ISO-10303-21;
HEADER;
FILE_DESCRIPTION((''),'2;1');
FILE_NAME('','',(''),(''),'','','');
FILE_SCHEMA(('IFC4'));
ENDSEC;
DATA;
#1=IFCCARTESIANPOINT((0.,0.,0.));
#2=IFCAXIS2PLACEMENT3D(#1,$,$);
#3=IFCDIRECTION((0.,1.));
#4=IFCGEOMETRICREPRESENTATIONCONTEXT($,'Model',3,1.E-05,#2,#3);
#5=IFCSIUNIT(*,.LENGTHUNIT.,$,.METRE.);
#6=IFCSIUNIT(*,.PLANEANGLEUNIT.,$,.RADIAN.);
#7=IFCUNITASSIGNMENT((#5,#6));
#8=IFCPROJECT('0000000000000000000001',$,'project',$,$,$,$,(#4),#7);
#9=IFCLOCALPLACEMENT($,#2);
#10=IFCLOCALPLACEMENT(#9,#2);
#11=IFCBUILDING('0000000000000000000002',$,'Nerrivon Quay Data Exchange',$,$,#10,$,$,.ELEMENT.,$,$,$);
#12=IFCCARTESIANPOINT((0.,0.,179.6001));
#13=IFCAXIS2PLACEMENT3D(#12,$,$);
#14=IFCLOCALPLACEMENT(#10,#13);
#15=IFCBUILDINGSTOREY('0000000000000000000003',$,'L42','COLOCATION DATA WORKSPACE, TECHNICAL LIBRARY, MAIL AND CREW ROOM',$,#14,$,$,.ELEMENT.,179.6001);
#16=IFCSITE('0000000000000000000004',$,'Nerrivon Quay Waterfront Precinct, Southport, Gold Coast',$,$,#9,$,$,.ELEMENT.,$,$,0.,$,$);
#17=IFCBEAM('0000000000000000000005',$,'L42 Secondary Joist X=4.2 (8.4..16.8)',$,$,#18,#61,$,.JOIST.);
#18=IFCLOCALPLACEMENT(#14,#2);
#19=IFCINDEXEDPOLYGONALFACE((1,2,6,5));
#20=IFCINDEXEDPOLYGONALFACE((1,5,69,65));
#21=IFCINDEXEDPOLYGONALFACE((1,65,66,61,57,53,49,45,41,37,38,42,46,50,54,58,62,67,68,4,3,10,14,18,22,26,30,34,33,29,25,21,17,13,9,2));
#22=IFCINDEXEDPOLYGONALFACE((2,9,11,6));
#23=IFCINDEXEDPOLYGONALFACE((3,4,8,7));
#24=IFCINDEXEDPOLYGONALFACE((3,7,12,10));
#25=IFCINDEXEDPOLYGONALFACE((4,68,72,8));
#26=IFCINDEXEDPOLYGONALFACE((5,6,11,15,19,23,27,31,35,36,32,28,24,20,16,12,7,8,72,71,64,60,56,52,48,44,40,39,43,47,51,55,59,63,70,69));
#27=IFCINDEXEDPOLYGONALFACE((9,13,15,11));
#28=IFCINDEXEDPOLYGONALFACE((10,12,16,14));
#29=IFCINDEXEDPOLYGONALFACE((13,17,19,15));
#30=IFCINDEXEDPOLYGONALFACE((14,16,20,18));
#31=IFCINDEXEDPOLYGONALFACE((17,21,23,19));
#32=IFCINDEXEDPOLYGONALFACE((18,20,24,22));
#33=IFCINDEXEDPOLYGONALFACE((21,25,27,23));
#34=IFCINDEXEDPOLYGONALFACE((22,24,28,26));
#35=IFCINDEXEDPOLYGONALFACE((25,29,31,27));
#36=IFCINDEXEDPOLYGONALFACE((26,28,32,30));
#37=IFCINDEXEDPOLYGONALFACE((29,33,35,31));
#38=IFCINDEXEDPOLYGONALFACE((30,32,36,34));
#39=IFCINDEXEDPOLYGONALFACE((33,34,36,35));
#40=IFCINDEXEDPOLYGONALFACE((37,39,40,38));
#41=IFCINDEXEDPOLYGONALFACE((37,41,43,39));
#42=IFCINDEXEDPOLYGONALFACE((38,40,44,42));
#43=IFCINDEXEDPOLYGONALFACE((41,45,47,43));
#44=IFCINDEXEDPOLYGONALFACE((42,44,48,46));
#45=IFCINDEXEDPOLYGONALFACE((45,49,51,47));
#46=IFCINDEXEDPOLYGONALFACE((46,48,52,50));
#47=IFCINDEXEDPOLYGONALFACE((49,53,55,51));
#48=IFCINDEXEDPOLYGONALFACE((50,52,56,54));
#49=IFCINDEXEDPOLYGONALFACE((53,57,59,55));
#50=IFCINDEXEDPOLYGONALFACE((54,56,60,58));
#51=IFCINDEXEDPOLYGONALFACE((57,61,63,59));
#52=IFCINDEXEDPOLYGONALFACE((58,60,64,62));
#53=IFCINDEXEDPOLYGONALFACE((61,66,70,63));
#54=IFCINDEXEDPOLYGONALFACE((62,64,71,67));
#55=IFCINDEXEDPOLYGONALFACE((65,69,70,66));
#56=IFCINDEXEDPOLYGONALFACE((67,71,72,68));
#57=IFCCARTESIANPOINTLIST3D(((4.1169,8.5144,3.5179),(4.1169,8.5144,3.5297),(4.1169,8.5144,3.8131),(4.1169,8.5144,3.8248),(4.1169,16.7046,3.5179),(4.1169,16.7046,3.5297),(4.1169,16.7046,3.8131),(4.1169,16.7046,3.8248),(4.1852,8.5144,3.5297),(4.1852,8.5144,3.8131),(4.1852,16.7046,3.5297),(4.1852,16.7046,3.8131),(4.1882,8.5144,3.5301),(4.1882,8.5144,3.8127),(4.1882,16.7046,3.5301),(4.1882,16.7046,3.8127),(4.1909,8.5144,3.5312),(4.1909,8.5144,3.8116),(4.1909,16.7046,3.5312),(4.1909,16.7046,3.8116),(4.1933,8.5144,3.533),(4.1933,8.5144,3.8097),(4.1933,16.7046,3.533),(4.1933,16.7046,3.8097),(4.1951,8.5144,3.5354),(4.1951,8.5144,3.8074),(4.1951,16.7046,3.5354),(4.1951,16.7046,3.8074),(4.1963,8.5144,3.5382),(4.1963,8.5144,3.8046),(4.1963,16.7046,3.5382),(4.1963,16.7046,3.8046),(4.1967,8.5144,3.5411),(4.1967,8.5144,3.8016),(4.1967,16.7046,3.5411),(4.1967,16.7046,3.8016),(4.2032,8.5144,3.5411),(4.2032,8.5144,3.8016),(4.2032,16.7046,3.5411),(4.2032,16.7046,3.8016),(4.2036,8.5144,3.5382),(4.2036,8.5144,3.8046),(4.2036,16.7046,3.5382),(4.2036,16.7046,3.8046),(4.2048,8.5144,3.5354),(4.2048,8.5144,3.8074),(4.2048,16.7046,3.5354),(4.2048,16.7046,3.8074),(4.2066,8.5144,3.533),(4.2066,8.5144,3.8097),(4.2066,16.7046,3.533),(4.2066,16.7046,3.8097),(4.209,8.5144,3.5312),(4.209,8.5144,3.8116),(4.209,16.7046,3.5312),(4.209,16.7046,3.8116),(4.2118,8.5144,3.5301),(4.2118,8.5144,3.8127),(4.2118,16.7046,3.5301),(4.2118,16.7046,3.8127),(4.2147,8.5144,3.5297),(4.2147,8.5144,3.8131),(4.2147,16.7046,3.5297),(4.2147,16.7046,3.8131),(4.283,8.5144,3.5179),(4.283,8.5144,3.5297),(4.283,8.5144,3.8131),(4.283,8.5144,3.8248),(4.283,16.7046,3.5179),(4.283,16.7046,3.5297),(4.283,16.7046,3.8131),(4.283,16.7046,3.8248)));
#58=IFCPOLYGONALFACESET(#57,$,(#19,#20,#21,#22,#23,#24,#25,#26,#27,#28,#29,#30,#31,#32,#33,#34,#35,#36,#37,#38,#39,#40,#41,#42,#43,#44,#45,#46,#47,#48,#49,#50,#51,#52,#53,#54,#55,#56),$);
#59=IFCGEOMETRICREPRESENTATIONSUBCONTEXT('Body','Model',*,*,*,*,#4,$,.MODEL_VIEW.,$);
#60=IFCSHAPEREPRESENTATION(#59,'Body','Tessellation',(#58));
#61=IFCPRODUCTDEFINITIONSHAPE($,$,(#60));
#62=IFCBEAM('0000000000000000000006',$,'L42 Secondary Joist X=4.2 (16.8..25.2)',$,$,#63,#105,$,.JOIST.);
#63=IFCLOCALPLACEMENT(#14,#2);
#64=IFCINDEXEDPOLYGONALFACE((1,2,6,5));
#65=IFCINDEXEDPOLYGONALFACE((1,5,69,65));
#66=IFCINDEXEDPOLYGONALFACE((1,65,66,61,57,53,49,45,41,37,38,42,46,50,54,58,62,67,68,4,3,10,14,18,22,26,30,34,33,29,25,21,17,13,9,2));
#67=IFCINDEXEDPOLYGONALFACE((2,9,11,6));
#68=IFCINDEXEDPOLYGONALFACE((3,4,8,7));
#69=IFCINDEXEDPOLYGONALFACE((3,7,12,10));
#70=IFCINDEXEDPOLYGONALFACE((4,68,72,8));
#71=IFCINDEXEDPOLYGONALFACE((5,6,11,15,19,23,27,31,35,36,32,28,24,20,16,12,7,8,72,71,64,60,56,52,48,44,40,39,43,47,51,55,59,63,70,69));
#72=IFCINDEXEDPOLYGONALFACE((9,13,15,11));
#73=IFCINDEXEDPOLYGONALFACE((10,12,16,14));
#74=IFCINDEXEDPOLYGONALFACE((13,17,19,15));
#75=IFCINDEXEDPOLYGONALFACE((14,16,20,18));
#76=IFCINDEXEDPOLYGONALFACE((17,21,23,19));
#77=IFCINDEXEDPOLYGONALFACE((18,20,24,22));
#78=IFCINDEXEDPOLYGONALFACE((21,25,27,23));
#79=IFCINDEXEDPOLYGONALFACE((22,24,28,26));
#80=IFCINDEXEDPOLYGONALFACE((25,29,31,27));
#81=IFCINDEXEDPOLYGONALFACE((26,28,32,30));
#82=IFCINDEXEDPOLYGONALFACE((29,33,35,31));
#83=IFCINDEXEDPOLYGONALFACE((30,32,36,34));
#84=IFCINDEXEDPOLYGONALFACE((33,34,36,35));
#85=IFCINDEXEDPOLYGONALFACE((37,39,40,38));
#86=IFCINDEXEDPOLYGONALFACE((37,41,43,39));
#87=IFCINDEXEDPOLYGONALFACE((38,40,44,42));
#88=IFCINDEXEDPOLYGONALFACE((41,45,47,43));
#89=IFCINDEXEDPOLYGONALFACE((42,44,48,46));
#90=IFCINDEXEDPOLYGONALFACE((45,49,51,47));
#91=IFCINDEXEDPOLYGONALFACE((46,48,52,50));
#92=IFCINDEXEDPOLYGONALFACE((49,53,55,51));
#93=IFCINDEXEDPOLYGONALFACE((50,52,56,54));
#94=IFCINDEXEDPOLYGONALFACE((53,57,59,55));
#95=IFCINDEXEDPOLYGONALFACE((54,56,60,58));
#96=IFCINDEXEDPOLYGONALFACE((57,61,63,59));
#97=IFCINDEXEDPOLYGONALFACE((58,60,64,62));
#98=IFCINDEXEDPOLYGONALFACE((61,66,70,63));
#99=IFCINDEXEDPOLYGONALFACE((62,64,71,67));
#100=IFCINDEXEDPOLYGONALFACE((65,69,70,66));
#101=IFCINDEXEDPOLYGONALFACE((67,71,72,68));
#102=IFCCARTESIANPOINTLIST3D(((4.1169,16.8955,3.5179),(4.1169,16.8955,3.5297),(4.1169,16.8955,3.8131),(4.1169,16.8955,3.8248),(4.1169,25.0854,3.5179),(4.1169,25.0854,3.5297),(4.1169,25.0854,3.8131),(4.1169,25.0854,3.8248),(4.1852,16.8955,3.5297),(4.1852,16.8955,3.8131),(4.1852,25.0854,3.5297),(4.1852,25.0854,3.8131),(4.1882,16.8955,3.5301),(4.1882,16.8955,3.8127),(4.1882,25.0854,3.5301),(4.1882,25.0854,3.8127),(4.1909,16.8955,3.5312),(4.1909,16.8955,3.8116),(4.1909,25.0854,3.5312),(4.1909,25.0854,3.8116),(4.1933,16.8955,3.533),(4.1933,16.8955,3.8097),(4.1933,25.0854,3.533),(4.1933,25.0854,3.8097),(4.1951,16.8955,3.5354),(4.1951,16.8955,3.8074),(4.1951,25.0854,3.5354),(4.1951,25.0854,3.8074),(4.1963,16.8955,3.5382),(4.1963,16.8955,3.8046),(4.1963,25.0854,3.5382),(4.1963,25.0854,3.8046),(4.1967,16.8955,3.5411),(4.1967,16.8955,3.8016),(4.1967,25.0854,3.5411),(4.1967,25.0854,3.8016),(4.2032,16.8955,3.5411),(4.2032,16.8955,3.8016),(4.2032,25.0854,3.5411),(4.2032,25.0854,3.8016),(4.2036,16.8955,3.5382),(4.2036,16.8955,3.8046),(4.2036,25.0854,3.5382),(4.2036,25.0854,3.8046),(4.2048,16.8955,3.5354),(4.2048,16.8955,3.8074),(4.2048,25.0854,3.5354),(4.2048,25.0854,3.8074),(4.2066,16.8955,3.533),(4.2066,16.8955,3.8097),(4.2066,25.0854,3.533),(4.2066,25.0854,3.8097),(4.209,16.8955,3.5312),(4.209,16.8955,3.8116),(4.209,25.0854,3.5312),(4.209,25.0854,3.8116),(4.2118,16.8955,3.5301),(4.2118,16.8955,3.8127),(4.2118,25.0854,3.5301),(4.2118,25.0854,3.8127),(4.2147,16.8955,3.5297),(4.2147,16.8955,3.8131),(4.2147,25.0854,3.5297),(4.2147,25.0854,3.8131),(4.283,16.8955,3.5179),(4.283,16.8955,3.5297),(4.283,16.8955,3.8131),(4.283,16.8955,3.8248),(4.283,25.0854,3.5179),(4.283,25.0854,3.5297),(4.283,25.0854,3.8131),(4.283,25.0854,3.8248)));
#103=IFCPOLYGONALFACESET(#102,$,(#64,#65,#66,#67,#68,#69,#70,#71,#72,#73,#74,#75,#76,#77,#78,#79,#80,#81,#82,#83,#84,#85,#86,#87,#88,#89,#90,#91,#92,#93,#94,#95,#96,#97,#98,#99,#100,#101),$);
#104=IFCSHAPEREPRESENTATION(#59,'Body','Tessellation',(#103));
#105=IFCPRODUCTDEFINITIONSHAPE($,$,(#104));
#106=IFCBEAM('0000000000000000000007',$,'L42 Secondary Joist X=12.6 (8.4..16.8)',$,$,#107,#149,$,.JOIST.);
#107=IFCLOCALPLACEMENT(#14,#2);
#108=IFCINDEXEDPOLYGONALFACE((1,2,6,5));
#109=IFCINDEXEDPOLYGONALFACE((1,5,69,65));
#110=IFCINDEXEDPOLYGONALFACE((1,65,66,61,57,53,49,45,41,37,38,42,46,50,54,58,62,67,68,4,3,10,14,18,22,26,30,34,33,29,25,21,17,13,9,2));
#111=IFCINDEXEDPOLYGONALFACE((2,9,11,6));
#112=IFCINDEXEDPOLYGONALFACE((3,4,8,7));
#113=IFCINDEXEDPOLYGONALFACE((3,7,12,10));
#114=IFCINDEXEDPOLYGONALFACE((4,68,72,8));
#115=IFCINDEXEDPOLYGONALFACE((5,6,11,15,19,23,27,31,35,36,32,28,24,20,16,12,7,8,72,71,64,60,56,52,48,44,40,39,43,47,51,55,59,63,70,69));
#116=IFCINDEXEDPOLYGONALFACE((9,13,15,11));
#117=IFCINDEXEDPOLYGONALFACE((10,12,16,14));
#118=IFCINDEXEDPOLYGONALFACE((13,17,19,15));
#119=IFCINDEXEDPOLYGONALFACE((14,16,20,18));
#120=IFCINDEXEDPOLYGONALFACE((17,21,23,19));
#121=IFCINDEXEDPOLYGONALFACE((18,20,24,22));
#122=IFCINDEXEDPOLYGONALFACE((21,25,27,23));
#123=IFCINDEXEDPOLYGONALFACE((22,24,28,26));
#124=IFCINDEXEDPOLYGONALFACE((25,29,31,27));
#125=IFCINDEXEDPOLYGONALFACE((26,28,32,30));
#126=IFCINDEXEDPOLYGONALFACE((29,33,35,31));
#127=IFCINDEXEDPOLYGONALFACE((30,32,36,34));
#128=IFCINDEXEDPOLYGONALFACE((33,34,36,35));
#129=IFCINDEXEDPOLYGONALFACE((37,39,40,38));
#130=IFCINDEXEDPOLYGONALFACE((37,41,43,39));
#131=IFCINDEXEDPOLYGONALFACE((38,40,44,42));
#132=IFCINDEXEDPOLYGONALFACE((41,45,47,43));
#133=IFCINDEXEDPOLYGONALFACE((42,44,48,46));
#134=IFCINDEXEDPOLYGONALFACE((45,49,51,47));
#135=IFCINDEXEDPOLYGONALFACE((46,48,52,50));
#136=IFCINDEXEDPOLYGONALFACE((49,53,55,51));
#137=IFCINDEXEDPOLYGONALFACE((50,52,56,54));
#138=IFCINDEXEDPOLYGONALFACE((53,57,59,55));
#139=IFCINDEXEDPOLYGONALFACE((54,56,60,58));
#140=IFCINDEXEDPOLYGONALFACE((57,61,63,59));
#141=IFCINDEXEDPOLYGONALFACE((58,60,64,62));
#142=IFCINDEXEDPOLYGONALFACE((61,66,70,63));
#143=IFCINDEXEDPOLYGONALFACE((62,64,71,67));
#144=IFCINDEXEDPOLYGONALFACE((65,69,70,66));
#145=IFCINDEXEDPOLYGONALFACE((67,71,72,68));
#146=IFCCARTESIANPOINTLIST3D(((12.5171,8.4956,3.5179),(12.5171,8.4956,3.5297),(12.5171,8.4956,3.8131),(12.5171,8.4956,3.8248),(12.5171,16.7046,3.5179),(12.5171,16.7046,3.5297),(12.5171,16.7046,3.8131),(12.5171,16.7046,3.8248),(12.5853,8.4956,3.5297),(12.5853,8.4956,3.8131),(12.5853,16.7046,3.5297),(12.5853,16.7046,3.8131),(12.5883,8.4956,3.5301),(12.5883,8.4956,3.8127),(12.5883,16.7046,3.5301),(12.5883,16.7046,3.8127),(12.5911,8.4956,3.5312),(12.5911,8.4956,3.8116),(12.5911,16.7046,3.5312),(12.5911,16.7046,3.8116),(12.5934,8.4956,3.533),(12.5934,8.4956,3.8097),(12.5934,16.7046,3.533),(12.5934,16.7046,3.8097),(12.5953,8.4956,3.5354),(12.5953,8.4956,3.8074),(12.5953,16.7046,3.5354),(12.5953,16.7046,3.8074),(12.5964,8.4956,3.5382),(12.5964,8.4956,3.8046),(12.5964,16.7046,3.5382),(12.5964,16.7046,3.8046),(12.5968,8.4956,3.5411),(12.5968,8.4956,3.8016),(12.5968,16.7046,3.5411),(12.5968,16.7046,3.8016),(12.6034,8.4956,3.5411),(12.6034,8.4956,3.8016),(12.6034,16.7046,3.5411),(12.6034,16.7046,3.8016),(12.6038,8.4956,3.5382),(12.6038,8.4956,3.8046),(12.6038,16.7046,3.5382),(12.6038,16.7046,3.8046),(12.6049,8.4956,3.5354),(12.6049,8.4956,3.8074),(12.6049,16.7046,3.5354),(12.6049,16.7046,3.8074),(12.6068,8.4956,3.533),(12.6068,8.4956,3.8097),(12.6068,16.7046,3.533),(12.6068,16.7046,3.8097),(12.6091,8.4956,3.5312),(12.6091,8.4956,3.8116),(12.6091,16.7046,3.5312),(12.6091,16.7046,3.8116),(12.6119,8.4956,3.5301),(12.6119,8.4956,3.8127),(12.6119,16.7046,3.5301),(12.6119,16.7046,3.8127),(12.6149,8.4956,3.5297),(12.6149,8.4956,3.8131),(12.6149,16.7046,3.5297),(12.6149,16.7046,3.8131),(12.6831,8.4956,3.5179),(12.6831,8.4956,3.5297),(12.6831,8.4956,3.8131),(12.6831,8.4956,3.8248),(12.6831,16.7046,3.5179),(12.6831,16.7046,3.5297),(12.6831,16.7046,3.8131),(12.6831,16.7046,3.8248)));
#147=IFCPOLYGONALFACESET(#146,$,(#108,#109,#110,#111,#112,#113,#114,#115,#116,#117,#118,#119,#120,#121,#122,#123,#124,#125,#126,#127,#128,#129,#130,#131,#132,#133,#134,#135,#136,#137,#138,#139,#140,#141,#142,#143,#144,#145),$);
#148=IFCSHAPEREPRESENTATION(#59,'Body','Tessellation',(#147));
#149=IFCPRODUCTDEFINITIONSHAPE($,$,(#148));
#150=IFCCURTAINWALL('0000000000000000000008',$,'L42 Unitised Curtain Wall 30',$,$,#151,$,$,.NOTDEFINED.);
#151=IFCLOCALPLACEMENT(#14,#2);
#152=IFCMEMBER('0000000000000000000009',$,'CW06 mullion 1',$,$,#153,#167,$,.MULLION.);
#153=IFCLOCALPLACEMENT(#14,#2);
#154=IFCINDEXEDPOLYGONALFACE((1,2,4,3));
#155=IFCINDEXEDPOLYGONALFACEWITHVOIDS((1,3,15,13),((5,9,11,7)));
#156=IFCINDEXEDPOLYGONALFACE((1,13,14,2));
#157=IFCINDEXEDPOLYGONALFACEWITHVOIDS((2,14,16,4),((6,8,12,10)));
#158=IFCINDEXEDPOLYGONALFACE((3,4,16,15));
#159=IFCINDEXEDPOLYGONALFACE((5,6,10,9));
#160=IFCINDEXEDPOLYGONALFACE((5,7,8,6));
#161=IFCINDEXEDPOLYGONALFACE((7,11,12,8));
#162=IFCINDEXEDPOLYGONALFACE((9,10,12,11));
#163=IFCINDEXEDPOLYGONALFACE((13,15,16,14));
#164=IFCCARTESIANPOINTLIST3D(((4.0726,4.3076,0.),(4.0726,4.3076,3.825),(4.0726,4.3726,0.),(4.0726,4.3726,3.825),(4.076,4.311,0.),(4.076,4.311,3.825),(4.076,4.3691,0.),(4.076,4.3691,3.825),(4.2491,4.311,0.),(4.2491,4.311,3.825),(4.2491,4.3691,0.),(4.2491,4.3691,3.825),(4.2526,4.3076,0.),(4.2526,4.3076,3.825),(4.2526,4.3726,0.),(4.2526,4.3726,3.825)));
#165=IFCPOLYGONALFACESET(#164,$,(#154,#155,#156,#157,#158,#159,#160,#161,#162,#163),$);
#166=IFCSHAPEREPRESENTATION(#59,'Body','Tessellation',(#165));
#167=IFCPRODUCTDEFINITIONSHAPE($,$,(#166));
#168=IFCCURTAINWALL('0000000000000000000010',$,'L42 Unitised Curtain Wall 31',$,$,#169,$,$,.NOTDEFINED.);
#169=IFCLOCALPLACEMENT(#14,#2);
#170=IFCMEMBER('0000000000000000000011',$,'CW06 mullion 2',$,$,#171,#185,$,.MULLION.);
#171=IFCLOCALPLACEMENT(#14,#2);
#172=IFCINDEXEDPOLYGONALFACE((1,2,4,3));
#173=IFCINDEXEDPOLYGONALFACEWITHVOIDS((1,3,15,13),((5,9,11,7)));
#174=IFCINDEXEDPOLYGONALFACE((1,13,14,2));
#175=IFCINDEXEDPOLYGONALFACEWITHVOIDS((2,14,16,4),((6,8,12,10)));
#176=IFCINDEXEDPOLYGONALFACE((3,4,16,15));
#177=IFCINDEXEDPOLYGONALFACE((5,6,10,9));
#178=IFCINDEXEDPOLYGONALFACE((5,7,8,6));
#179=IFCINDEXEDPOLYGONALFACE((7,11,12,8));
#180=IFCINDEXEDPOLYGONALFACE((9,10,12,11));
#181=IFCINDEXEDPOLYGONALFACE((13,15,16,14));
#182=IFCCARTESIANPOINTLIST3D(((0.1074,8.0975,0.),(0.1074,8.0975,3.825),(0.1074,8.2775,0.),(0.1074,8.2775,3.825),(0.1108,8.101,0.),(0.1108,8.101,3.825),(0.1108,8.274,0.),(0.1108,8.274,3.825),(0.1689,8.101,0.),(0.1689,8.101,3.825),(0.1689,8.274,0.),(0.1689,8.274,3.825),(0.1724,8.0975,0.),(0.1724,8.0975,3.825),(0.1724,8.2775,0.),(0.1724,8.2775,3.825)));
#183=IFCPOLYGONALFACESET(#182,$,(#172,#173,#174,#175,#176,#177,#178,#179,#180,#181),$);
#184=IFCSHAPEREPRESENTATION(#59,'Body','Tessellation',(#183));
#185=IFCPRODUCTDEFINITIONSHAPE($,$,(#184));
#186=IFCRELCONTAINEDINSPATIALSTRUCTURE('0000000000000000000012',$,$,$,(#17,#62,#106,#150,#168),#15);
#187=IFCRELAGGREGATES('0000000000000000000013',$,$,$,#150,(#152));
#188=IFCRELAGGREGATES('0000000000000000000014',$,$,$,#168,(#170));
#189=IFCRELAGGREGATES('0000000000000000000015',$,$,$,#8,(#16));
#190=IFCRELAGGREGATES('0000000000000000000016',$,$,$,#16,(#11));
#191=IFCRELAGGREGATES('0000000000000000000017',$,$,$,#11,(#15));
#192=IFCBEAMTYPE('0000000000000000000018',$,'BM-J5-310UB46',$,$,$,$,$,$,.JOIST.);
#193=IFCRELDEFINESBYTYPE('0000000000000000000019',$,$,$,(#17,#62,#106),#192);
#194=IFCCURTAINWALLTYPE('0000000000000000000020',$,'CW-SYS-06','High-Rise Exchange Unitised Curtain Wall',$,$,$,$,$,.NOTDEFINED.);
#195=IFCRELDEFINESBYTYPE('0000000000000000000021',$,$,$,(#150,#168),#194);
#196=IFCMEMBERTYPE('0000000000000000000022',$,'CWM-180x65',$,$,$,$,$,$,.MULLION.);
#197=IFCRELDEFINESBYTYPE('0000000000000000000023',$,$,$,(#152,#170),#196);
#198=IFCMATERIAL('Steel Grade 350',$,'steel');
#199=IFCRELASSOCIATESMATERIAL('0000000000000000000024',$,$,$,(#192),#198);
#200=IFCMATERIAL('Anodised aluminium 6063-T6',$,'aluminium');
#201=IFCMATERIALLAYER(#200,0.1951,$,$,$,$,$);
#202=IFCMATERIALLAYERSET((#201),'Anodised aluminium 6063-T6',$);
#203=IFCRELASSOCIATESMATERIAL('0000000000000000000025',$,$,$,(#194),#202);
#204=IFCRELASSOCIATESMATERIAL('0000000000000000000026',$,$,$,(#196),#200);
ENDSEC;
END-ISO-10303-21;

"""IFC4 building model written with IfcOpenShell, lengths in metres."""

from ifc_helpers import new_model, si_unit, direction, frame, origin, origin_2d, place, context, subcontext, project, spatial, hollow_rectangle, i_section, extrude, material, layer, layer_set, material_profile, profile_set, type_object, element, aggregate, save


model = new_model("IFC4")

# Units and contexts
model_context = context("Model", 3, precision=1e-05, world=origin(), true_north=direction((0.0, 1.0)))
body_context = subcontext(model_context, "Body", "Model", "MODEL_VIEW")
ifc_project = project(units=[si_unit("LENGTHUNIT", "METRE"), si_unit("PLANEANGLEUNIT", "RADIAN")], contexts=[model_context])

# Site, building, storey
site_placement = place(None, origin())
site = spatial("IfcSite", under=ifc_project, at=site_placement, Name="Nerrivon Quay Waterfront Precinct, Southport, Gold Coast", CompositionType="ELEMENT", RefElevation=0.0)
building_placement = place(site_placement, origin())
building = spatial("IfcBuilding", under=site, at=building_placement, Name="Nerrivon Quay Data Exchange", CompositionType="ELEMENT")
storey_placement = place(building_placement, frame((0.0, 0.0, 179.6001)))
storey = spatial("IfcBuildingStorey", under=building, at=storey_placement, Name="L42", Description="COLOCATION DATA WORKSPACE, TECHNICAL LIBRARY, MAIL AND CREW ROOM", CompositionType="ELEMENT", Elevation=179.6001)

# Shared definitions
ifc_material_1 = material(Name="Steel Grade 350", Category="steel")

# Beams
ifc_material_profile_1 = material_profile(ifc_material_1, i_section(OverallWidth=0.166, OverallDepth=0.3069, WebThickness=0.0066, FlangeThickness=0.0117, FilletRadius=0.0115, at=origin_2d()), Name="310UB46.2")
ifc_profile_set_1 = profile_set([ifc_material_profile_1], Name="Steel Grade 350")
beam_type_1 = type_object("IfcBeamType", Name="BM-J5-310UB46", PredefinedType="JOIST", material=ifc_profile_set_1)
beam_1_placement = place(storey_placement, frame((4.2, 8.5144, 3.6714), z_axis=(0.0, 1.0, 0.0), x_axis=(-1.0, 0.0, 0.0)))
element("IfcBeam", 1, at=beam_1_placement, inside=storey, type_object=beam_type_1, Name="L42 Secondary Joist X=4.2 (8.4..16.8)", PredefinedType="JOIST", context=body_context, shape_type="SweptSolid", body=[
    extrude(i_section(OverallWidth=0.166, OverallDepth=0.3069, WebThickness=0.0066, FlangeThickness=0.0117, FilletRadius=0.0115, at=origin_2d()), origin(), (0.0, 0.0, 1.0), 8.1902),
])
beam_2_placement = place(storey_placement, frame((4.2, 16.8955, 3.6714), z_axis=(0.0, 1.0, 0.0), x_axis=(-1.0, 0.0, 0.0)))
element("IfcBeam", 2, at=beam_2_placement, inside=storey, type_object=beam_type_1, Name="L42 Secondary Joist X=4.2 (16.8..25.2)", PredefinedType="JOIST", context=body_context, shape_type="SweptSolid", body=[
    extrude(i_section(OverallWidth=0.166, OverallDepth=0.3069, WebThickness=0.0066, FlangeThickness=0.0117, FilletRadius=0.0115, at=origin_2d()), origin(), (0.0, 0.0, 1.0), 8.1899),
])
beam_3_placement = place(storey_placement, frame((12.6001, 8.4956, 3.6714), z_axis=(0.0, 1.0, 0.0), x_axis=(-1.0, 0.0, 0.0)))
element("IfcBeam", 3, at=beam_3_placement, inside=storey, type_object=beam_type_1, Name="L42 Secondary Joist X=12.6 (8.4..16.8)", PredefinedType="JOIST", context=body_context, shape_type="SweptSolid", body=[
    extrude(i_section(OverallWidth=0.166, OverallDepth=0.3069, WebThickness=0.0066, FlangeThickness=0.0117, FilletRadius=0.0115, at=origin_2d()), origin(), (0.0, 0.0, 1.0), 8.209),
])

# Curtain walls, members
ifc_material_2 = material(Name="Anodised aluminium 6063-T6", Category="aluminium")
ifc_layer_1 = layer(ifc_material_2, 0.1951)
ifc_layer_set_1 = layer_set([ifc_layer_1], Name="Anodised aluminium 6063-T6")
curtain_wall_type = type_object("IfcCurtainWallType", Name="CW-SYS-06", Description="High-Rise Exchange Unitised Curtain Wall", PredefinedType="NOTDEFINED", material=ifc_layer_set_1)
curtain_wall_1_placement = place(storey_placement, origin())
curtain_wall_1 = element("IfcCurtainWall", 4, at=curtain_wall_1_placement, inside=storey, type_object=curtain_wall_type, Name="L42 Unitised Curtain Wall 30", PredefinedType="NOTDEFINED")
ifc_material_profile_2 = material_profile(ifc_material_2, hollow_rectangle(XDim=0.0649, YDim=0.1799, WallThickness=0.0034, at=origin_2d()), Name="ALU-MULL-180x65")
ifc_profile_set_2 = profile_set([ifc_material_profile_2], Name="Anodised aluminium 6063-T6")
member_type_1 = type_object("IfcMemberType", Name="CWM-180x65", PredefinedType="MULLION", material=ifc_profile_set_2)
member_1_placement = place(storey_placement, frame((4.1626, 4.3401, 0.0), z_axis=(0.0, 0.0, 1.0), x_axis=(0.0, -1.0, 0.0)))
member_1 = element("IfcMember", 5, at=member_1_placement, type_object=member_type_1, Name="CW06 mullion 1", PredefinedType="MULLION", context=body_context, shape_type="SweptSolid", body=[
    extrude(hollow_rectangle(XDim=0.0649, YDim=0.1799, WallThickness=0.0034, at=origin_2d()), origin(), (0.0, 0.0, 1.0), 3.825),
])
curtain_wall_2_placement = place(storey_placement, origin())
curtain_wall_2 = element("IfcCurtainWall", 6, at=curtain_wall_2_placement, inside=storey, type_object=curtain_wall_type, Name="L42 Unitised Curtain Wall 31", PredefinedType="NOTDEFINED")
member_2_placement = place(storey_placement, frame((0.1399, 8.1875, 0.0), z_axis=(0.0, 0.0, 1.0), x_axis=(-1.0, 0.0, 0.0)))
member_2 = element("IfcMember", 7, at=member_2_placement, type_object=member_type_1, Name="CW06 mullion 2", PredefinedType="MULLION", context=body_context, shape_type="SweptSolid", body=[
    extrude(hollow_rectangle(XDim=0.0649, YDim=0.1799, WallThickness=0.0034, at=origin_2d()), origin(), (0.0, 0.0, 1.0), 3.825),
])

aggregate(curtain_wall_1, [member_1])

aggregate(curtain_wall_2, [member_2])

save(model, "model.ifc")
